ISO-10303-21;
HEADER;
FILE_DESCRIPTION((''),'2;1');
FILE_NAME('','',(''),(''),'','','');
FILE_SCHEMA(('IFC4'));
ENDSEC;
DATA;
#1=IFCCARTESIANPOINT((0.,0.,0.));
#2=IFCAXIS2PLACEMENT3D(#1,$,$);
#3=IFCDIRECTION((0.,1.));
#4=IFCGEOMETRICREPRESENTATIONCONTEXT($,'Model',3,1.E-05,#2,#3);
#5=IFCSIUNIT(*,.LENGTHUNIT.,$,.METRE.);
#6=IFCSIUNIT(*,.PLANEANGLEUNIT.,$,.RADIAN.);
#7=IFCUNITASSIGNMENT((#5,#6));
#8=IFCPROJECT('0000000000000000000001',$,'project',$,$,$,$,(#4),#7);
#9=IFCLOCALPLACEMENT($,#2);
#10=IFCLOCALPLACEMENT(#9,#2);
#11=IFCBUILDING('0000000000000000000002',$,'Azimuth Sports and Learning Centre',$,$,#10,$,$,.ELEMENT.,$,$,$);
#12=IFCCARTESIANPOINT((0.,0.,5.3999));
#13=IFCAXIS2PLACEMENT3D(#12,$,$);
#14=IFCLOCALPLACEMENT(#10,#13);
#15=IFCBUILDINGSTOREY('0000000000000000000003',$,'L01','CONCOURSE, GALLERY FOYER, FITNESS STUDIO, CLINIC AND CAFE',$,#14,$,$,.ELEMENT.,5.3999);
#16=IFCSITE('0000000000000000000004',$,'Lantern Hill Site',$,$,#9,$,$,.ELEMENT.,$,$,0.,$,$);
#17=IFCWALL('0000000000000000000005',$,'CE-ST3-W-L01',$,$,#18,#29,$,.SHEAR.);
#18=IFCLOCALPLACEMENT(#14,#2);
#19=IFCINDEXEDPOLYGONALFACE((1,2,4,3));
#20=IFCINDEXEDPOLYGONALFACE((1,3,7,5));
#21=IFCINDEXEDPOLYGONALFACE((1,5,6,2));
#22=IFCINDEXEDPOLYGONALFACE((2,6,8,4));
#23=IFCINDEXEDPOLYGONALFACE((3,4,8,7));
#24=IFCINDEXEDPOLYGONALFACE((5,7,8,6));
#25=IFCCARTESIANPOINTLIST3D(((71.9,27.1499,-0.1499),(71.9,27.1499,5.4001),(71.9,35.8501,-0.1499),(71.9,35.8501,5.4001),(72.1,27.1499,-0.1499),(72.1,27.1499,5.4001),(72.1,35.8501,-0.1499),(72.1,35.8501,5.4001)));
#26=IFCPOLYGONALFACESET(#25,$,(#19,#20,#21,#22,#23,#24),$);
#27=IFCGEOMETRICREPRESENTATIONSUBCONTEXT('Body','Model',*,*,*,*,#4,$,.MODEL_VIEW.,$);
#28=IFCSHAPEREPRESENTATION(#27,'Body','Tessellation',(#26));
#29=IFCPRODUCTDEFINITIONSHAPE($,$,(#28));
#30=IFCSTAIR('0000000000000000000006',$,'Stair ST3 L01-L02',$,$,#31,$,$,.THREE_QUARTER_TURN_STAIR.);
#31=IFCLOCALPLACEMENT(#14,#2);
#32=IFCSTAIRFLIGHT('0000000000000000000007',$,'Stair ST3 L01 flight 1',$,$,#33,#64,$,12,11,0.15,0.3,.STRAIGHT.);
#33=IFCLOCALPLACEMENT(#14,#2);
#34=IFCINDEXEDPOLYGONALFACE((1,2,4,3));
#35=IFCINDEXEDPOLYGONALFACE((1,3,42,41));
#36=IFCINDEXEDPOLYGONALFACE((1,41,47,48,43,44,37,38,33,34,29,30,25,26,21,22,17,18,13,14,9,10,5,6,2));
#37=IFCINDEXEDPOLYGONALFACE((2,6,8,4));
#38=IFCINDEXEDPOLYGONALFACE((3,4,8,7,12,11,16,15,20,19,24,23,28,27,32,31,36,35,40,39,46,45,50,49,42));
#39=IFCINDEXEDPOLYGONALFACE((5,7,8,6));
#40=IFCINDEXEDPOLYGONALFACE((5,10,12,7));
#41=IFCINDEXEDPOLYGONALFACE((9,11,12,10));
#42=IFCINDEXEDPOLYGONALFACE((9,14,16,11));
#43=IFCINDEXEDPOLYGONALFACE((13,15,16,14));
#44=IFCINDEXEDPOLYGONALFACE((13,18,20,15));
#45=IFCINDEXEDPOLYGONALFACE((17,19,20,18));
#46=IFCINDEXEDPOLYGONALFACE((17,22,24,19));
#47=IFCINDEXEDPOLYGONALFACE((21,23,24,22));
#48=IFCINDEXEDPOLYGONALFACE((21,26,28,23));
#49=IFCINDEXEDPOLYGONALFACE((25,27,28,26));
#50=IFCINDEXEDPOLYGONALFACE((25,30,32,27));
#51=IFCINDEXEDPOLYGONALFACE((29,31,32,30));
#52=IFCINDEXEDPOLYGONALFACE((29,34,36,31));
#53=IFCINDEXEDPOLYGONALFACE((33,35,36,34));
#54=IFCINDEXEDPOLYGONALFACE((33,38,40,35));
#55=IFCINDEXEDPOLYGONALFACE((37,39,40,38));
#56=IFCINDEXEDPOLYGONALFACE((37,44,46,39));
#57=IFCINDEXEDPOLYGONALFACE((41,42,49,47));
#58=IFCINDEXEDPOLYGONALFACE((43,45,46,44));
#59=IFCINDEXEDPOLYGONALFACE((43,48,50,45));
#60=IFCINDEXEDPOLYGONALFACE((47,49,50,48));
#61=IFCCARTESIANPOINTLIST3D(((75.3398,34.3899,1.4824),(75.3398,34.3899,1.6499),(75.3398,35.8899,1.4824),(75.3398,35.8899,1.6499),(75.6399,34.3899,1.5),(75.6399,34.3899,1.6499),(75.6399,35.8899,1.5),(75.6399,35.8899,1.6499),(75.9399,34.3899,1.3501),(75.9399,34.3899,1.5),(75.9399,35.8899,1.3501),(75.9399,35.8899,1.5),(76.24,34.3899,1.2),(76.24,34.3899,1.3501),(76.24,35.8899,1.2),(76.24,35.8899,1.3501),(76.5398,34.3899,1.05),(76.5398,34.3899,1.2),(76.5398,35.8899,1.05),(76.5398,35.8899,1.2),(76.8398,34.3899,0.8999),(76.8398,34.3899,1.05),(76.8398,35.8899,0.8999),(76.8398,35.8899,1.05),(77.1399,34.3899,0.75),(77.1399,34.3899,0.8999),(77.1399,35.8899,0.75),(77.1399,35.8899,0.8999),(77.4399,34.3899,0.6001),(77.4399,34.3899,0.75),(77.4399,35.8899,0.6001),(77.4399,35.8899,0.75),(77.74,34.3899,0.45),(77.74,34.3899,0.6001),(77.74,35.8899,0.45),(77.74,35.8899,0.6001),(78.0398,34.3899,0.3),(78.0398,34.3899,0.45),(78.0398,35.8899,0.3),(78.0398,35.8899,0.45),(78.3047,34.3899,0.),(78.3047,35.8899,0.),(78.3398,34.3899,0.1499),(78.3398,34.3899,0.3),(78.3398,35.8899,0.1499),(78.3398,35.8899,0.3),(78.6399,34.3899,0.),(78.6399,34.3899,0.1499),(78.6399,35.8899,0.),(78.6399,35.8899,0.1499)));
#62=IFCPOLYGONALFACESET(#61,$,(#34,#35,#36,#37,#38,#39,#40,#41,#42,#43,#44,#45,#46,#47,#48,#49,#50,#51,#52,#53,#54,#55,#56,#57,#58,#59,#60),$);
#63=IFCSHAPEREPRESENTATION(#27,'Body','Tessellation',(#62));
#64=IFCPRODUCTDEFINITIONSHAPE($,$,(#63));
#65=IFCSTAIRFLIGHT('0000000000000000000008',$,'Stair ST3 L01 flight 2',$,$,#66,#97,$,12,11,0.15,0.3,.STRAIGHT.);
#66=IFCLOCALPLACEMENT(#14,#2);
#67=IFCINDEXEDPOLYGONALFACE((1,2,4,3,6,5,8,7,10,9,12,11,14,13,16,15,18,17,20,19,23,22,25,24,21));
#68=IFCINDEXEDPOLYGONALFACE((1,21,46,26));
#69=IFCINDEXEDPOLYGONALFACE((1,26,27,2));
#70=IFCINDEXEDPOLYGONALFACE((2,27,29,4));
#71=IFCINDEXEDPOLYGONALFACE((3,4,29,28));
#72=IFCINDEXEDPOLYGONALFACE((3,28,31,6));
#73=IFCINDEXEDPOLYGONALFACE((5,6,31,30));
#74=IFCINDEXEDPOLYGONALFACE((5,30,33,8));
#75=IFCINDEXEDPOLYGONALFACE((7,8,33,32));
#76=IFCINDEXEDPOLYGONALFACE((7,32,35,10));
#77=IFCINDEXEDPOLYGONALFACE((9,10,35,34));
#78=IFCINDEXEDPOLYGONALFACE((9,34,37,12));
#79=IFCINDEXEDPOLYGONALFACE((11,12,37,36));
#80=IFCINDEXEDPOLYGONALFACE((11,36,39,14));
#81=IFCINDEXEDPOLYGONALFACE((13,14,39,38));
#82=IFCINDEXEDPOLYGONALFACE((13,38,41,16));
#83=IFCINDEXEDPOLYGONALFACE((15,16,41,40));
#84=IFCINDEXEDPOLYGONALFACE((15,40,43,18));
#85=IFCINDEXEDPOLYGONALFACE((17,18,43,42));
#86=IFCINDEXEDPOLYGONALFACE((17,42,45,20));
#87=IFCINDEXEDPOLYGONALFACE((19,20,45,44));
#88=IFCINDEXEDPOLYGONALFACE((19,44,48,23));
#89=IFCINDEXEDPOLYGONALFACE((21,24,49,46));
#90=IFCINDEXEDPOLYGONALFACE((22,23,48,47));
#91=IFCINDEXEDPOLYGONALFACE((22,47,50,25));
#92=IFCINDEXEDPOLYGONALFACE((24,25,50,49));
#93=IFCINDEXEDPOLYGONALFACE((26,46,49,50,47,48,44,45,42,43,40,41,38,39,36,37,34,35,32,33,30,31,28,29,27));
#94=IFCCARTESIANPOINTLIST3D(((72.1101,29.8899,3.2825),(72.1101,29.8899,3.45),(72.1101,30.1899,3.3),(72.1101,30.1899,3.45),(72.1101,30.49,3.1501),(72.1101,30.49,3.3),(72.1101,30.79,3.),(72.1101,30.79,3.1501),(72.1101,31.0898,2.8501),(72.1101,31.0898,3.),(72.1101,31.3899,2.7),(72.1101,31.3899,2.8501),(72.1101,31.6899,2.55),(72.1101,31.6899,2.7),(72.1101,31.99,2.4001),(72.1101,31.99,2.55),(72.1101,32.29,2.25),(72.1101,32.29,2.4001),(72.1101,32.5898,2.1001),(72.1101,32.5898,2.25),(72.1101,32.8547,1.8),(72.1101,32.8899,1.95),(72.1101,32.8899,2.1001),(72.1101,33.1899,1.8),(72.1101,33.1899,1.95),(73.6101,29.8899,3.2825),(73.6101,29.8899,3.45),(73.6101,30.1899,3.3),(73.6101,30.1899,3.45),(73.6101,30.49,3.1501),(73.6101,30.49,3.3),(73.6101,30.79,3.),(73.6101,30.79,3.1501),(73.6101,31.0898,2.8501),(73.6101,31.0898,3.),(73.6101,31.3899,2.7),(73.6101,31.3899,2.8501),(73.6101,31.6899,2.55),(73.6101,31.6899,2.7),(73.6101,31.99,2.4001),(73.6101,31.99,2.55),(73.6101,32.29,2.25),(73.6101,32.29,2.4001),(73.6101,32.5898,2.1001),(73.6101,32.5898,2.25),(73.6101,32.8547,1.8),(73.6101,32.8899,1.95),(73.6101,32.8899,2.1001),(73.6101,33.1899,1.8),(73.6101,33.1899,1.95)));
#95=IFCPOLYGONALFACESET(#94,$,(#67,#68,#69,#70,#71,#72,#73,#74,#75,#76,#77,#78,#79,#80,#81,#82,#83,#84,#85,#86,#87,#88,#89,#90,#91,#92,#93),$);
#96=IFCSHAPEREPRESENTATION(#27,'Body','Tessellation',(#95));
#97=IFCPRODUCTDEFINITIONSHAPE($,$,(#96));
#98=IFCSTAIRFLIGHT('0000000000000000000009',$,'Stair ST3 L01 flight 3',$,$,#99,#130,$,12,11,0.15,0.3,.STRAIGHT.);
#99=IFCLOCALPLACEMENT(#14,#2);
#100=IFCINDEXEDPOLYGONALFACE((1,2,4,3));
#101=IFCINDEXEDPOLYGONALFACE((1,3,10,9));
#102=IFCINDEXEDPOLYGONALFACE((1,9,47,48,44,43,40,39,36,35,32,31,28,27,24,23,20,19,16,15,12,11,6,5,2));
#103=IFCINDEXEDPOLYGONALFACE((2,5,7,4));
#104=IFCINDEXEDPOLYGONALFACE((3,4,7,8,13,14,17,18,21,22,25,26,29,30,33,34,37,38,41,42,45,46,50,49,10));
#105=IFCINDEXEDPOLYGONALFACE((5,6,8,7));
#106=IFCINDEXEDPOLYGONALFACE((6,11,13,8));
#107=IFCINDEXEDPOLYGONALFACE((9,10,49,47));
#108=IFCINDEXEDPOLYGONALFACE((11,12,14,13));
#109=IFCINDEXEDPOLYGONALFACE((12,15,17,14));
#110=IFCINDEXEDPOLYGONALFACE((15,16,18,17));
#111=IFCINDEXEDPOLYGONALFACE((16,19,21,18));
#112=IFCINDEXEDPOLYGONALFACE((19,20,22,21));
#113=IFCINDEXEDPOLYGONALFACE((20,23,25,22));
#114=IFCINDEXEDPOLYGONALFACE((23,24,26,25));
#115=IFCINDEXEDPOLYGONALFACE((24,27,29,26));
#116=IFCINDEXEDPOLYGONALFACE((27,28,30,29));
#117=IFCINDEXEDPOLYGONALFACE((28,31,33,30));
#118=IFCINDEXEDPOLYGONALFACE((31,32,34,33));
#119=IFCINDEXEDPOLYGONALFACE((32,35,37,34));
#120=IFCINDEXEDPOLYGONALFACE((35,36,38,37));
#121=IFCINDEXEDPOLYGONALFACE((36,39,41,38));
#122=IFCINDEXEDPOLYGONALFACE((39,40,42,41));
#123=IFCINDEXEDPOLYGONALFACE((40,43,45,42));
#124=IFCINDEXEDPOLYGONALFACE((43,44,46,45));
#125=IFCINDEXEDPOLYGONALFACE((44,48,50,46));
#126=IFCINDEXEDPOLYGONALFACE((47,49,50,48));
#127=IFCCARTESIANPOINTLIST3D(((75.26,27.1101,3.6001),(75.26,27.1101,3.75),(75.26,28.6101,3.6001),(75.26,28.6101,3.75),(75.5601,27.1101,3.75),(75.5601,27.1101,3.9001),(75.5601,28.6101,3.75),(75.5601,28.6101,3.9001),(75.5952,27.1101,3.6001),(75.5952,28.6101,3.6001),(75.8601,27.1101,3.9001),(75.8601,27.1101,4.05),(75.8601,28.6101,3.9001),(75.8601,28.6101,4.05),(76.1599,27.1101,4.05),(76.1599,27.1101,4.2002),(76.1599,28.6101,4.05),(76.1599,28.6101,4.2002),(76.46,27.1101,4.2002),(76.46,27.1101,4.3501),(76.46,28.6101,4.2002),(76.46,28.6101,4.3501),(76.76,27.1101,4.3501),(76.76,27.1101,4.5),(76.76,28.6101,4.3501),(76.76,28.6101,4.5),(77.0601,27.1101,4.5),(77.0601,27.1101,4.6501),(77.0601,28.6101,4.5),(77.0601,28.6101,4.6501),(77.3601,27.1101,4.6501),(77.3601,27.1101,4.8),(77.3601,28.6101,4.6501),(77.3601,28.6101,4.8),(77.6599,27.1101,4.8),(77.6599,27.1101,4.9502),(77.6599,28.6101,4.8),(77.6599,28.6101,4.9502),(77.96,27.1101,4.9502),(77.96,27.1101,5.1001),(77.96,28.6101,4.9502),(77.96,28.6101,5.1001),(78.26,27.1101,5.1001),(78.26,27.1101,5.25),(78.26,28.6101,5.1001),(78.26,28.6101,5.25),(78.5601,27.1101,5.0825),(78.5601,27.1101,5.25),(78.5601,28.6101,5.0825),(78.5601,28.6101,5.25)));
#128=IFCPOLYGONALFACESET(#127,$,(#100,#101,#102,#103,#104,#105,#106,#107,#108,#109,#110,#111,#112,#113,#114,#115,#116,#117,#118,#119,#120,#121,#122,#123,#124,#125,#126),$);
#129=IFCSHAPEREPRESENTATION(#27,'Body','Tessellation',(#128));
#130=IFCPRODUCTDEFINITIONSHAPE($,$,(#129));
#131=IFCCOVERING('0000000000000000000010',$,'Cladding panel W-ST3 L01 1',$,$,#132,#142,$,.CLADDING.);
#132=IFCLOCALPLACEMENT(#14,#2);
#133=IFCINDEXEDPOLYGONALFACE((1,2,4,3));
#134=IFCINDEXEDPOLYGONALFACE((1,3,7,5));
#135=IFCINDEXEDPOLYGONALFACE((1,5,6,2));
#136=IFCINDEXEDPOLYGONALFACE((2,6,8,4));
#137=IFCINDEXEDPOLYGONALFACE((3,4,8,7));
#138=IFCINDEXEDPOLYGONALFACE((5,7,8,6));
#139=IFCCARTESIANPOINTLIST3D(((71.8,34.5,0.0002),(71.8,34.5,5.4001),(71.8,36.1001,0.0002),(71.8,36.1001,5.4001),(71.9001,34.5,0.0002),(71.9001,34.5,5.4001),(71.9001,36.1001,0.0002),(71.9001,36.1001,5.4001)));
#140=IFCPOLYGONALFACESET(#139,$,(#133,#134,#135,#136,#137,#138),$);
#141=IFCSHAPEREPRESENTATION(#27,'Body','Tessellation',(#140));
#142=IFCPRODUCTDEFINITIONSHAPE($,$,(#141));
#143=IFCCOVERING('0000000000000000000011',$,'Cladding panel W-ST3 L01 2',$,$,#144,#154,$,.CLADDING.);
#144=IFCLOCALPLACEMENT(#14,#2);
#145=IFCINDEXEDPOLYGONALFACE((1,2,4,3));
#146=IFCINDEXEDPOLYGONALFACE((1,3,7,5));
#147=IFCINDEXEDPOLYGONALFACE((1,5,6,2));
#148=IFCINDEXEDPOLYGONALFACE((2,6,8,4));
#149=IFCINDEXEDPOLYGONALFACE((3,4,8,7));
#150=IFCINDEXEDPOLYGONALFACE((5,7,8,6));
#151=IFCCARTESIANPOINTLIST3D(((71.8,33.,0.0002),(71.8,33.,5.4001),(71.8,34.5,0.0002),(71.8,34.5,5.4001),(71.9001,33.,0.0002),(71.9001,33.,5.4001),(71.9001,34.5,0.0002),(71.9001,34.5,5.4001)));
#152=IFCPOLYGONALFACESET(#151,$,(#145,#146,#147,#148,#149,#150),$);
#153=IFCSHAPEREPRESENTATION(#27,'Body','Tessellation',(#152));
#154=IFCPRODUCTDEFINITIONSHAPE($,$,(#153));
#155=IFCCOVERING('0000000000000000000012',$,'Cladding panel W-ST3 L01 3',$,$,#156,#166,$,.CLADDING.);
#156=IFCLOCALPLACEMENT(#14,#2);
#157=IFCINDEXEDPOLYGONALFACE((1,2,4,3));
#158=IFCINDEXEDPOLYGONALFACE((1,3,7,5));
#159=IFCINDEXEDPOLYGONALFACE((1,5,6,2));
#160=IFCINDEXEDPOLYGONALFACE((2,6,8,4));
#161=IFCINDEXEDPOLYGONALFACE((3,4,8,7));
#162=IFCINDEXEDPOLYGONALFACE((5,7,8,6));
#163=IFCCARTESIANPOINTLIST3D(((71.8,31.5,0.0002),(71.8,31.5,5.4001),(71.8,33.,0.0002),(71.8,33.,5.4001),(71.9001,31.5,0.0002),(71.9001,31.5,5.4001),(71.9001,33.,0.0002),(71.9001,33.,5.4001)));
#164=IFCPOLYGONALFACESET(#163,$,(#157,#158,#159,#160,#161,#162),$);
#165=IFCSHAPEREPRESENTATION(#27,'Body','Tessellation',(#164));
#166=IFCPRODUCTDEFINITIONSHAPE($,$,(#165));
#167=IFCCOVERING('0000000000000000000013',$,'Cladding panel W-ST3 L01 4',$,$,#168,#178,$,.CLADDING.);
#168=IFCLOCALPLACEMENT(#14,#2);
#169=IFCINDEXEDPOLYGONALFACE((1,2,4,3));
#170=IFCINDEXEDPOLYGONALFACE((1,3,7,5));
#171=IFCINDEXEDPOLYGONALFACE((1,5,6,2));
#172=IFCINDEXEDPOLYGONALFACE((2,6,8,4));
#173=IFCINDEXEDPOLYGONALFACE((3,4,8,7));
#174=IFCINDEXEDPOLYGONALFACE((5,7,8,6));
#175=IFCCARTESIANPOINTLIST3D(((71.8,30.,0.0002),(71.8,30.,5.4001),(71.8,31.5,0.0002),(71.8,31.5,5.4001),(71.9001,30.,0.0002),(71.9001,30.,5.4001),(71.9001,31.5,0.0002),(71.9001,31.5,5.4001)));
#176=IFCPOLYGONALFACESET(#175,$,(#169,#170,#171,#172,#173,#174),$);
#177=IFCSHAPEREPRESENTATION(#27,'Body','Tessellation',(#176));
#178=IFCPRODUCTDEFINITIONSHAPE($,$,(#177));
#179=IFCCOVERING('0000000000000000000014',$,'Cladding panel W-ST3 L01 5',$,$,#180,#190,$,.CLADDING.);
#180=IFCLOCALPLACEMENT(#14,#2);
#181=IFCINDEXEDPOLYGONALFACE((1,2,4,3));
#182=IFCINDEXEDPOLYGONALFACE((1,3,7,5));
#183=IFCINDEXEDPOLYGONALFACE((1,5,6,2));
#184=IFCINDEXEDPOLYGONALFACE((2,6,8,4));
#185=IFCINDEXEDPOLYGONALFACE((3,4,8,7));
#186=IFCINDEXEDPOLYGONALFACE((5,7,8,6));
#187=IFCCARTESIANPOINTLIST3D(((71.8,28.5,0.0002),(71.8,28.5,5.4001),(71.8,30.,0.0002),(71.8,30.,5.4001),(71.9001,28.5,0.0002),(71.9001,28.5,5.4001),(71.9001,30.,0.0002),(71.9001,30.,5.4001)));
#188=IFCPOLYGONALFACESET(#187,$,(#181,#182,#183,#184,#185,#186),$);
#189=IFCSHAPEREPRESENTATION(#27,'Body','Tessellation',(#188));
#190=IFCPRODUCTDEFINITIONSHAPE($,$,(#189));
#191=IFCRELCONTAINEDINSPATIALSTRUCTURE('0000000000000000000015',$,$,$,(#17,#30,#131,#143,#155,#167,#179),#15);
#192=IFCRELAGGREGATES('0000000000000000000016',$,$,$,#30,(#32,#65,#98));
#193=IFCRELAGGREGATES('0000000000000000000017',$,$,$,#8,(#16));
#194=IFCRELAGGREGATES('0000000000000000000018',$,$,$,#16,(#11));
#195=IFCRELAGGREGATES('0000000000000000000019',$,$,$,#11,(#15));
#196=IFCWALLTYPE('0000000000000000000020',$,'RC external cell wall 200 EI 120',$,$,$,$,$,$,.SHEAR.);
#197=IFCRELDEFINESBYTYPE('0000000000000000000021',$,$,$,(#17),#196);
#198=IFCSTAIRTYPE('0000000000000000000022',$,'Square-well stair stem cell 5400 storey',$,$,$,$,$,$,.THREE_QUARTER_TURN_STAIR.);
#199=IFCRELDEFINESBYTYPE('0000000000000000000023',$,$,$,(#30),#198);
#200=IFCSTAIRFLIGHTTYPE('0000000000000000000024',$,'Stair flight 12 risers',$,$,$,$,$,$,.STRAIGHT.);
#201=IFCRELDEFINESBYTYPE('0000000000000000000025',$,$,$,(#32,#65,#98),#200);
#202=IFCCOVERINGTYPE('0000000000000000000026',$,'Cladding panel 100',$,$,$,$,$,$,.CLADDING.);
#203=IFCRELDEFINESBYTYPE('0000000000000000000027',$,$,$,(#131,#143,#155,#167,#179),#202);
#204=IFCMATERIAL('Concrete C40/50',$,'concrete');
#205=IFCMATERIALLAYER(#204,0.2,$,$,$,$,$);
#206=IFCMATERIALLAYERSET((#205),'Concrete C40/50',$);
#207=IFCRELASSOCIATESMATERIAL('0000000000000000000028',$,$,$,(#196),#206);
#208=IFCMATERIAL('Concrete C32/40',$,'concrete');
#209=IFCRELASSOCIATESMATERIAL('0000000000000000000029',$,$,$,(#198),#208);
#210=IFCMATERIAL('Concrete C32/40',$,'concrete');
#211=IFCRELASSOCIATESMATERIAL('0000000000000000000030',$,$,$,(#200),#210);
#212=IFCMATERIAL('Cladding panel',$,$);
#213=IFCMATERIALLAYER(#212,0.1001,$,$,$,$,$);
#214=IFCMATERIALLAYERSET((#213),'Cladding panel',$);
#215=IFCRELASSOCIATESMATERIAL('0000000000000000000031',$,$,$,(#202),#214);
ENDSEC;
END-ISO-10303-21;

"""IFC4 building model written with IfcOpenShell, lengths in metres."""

from ifc_helpers import new_model, si_unit, direction, frame, frame_2d, origin, origin_2d, place, context, subcontext, project, spatial, polyline, rectangle, outline, extrude, material, layer, layer_set, type_object, element, aggregate, save


model = new_model("IFC4")

# Units and contexts
model_context = context("Model", 3, precision=1e-05, world=origin(), true_north=direction((0.0, 1.0)))
body_context = subcontext(model_context, "Body", "Model", "MODEL_VIEW")
ifc_project = project(units=[si_unit("LENGTHUNIT", "METRE"), si_unit("PLANEANGLEUNIT", "RADIAN")], contexts=[model_context])

# Site, building, storey
site_placement = place(None, origin())
site = spatial("IfcSite", under=ifc_project, at=site_placement, Name="Lantern Hill Site", CompositionType="ELEMENT", RefElevation=0.0)
building_placement = place(site_placement, origin())
building = spatial("IfcBuilding", under=site, at=building_placement, Name="Azimuth Sports and Learning Centre", CompositionType="ELEMENT")
storey_placement = place(building_placement, frame((0.0, 0.0, 5.3999)))
storey = spatial("IfcBuildingStorey", under=building, at=storey_placement, Name="L01", Description="CONCOURSE, GALLERY FOYER, FITNESS STUDIO, CLINIC AND CAFE", CompositionType="ELEMENT", Elevation=5.3999)

# Wall
ifc_material_1 = material(Name="Concrete C40/50", Category="concrete")
ifc_layer_1 = layer(ifc_material_1, 0.2)
ifc_layer_set_1 = layer_set([ifc_layer_1], Name="Concrete C40/50")
wall_type_1 = type_object("IfcWallType", Name="RC external cell wall 200 EI 120", PredefinedType="SHEAR", material=ifc_layer_set_1)
wall_1_placement = place(storey_placement, frame((72.0, 27.1499, -0.1499), z_axis=(0.0, 0.0, 1.0), x_axis=(0.0, 1.0, 0.0)))
element("IfcWall", 1, at=wall_1_placement, inside=storey, type_object=wall_type_1, Name="CE-ST3-W-L01", PredefinedType="SHEAR", context=body_context, shape_type="SweptSolid", body=[
    extrude(rectangle(XDim=8.7002, YDim=0.2, at=frame_2d((4.3501, 0.0))), origin(), (0.0, 0.0, 1.0), 5.55),
])

# Stair, stair flights
ifc_material_2 = material(Name="Concrete C32/40", Category="concrete")
stair_type = type_object("IfcStairType", Name="Square-well stair stem cell 5400 storey", PredefinedType="THREE_QUARTER_TURN_STAIR", material=ifc_material_2)
stair_placement = place(storey_placement, origin())
stair = element("IfcStair", 2, at=stair_placement, inside=storey, type_object=stair_type, Name="Stair ST3 L01-L02", PredefinedType="THREE_QUARTER_TURN_STAIR")
ifc_material_3 = material(Name="Concrete C32/40", Category="concrete")
stair_flight_type = type_object("IfcStairFlightType", Name="Stair flight 12 risers", PredefinedType="STRAIGHT", material=ifc_material_3)
stair_flight_1_placement = place(storey_placement, frame((78.6399, 35.1399, 0.0), z_axis=(0.0, 0.0, 1.0), x_axis=(-1.0, 0.0, 0.0)))
stair_flight_1 = element("IfcStairFlight", 3, at=stair_flight_1_placement, type_object=stair_flight_type, Name="Stair ST3 L01 flight 1", NumberOfRisers=12, NumberOfTreads=11, PredefinedType="STRAIGHT", RiserHeight=0.15, TreadLength=0.3, context=body_context, shape_type="SweptSolid", body=[
    extrude(outline(polyline([(0.0, 0.0), (0.0, 0.1499), (0.3, 0.1499), (0.3, 0.3), (0.6001, 0.3), (0.6001, 0.45), (0.8999, 0.45), (0.8999, 0.6001), (1.2, 0.6001), (1.2, 0.75), (1.5, 0.75), (1.5, 0.8999), (1.8, 0.8999), (1.8, 1.05), (2.1001, 1.05), (2.1001, 1.2), (2.3999, 1.2), (2.3999, 1.3501), (2.7, 1.3501), (2.7, 1.5), (3.0, 1.5), (3.0, 1.6499), (3.3, 1.6499), (3.3, 1.8), (3.3, 1.4824), (0.3352, 0.0), (0.0, 0.0)])), frame((0.0, 0.75, 0.0), z_axis=(0.0, -1.0, 0.0), x_axis=(1.0, 0.0, 0.0)), (0.0, 0.0, 1.0), 1.5),
])
stair_flight_2_placement = place(storey_placement, frame((72.8601, 33.1899, 1.8), z_axis=(0.0, 0.0, 1.0), x_axis=(0.0, -1.0, 0.0)))
stair_flight_2 = element("IfcStairFlight", 4, at=stair_flight_2_placement, type_object=stair_flight_type, Name="Stair ST3 L01 flight 2", NumberOfRisers=12, NumberOfTreads=11, PredefinedType="STRAIGHT", RiserHeight=0.15, TreadLength=0.3, context=body_context, shape_type="SweptSolid", body=[
    extrude(outline(polyline([(0.0, 0.0), (0.0, 0.1499), (0.3, 0.1499), (0.3, 0.3), (0.6001, 0.3), (0.6001, 0.45), (0.8999, 0.45), (0.8999, 0.6001), (1.2, 0.6001), (1.2, 0.75), (1.5, 0.75), (1.5, 0.8999), (1.8, 0.8999), (1.8, 1.05), (2.1001, 1.05), (2.1001, 1.2), (2.3999, 1.2), (2.3999, 1.3501), (2.7, 1.3501), (2.7, 1.5), (3.0, 1.5), (3.0, 1.6499), (3.3, 1.6499), (3.3, 1.8), (3.3, 1.4824), (0.3352, 0.0), (0.0, 0.0)])), frame((0.0, 0.75, 0.0), z_axis=(0.0, -1.0, 0.0), x_axis=(1.0, 0.0, 0.0)), (0.0, 0.0, 1.0), 1.5),
])
stair_flight_3_placement = place(storey_placement, frame((75.26, 27.8601, 3.6001), z_axis=(0.0, 0.0, 1.0), x_axis=(1.0, 0.0, 0.0)))
stair_flight_3 = element("IfcStairFlight", 5, at=stair_flight_3_placement, type_object=stair_flight_type, Name="Stair ST3 L01 flight 3", NumberOfRisers=12, NumberOfTreads=11, PredefinedType="STRAIGHT", RiserHeight=0.15, TreadLength=0.3, context=body_context, shape_type="SweptSolid", body=[
    extrude(outline(polyline([(0.0, 0.0), (0.0, 0.1499), (0.3, 0.1499), (0.3, 0.3), (0.6001, 0.3), (0.6001, 0.45), (0.8999, 0.45), (0.8999, 0.6001), (1.2, 0.6001), (1.2, 0.75), (1.5, 0.75), (1.5, 0.8999), (1.8, 0.8999), (1.8, 1.05), (2.1001, 1.05), (2.1001, 1.2), (2.3999, 1.2), (2.3999, 1.3501), (2.7, 1.3501), (2.7, 1.5), (3.0, 1.5), (3.0, 1.6499), (3.3, 1.6499), (3.3, 1.8), (3.3, 1.4824), (0.3352, 0.0), (0.0, 0.0)])), frame((0.0, 0.75, 0.0), z_axis=(0.0, -1.0, 0.0), x_axis=(1.0, 0.0, 0.0)), (0.0, 0.0, 1.0), 1.5),
])
aggregate(stair, [stair_flight_1, stair_flight_2, stair_flight_3])

# Coverings
ifc_material_4 = material(Name="Cladding panel")
ifc_layer_2 = layer(ifc_material_4, 0.1001)
ifc_layer_set_2 = layer_set([ifc_layer_2], Name="Cladding panel")
covering_type = type_object("IfcCoveringType", Name="Cladding panel 100", PredefinedType="CLADDING", material=ifc_layer_set_2)
covering_1_placement = place(storey_placement, frame((71.8501, 35.3, 0.0002), z_axis=(0.0, 0.0, 1.0), x_axis=(0.0, -1.0, 0.0)))
element("IfcCovering", 6, at=covering_1_placement, inside=storey, type_object=covering_type, Name="Cladding panel W-ST3 L01 1", PredefinedType="CLADDING", context=body_context, shape_type="SweptSolid", body=[
    extrude(rectangle(XDim=1.6001, YDim=0.1001, at=origin_2d()), origin(), (0.0, 0.0, 1.0), 5.3999),
])
for number, where, z_axis, x_axis, name in (
    (7, (71.8501, 33.75, 0.0002), (0.0, 0.0, 1.0), (0.0, -1.0, 0.0), "Cladding panel W-ST3 L01 2"),
    (8, (71.8501, 32.25, 0.0002), (0.0, 0.0, 1.0), (0.0, -1.0, 0.0), "Cladding panel W-ST3 L01 3"),
    (9, (71.8501, 30.75, 0.0002), (0.0, 0.0, 1.0), (0.0, -1.0, 0.0), "Cladding panel W-ST3 L01 4"),
    (10, (71.8501, 29.25, 0.0002), (0.0, 0.0, 1.0), (0.0, -1.0, 0.0), "Cladding panel W-ST3 L01 5"),
):
    element("IfcCovering", number, at=place(storey_placement, frame(where, z_axis=z_axis, x_axis=x_axis)), inside=storey, type_object=covering_type, Name=name, PredefinedType="CLADDING", context=body_context, shape_type="SweptSolid", body=[
        extrude(rectangle(XDim=1.5, YDim=0.1001, at=origin_2d()), origin(), (0.0, 0.0, 1.0), 5.3999),
    ])

save(model, "model.ifc")
